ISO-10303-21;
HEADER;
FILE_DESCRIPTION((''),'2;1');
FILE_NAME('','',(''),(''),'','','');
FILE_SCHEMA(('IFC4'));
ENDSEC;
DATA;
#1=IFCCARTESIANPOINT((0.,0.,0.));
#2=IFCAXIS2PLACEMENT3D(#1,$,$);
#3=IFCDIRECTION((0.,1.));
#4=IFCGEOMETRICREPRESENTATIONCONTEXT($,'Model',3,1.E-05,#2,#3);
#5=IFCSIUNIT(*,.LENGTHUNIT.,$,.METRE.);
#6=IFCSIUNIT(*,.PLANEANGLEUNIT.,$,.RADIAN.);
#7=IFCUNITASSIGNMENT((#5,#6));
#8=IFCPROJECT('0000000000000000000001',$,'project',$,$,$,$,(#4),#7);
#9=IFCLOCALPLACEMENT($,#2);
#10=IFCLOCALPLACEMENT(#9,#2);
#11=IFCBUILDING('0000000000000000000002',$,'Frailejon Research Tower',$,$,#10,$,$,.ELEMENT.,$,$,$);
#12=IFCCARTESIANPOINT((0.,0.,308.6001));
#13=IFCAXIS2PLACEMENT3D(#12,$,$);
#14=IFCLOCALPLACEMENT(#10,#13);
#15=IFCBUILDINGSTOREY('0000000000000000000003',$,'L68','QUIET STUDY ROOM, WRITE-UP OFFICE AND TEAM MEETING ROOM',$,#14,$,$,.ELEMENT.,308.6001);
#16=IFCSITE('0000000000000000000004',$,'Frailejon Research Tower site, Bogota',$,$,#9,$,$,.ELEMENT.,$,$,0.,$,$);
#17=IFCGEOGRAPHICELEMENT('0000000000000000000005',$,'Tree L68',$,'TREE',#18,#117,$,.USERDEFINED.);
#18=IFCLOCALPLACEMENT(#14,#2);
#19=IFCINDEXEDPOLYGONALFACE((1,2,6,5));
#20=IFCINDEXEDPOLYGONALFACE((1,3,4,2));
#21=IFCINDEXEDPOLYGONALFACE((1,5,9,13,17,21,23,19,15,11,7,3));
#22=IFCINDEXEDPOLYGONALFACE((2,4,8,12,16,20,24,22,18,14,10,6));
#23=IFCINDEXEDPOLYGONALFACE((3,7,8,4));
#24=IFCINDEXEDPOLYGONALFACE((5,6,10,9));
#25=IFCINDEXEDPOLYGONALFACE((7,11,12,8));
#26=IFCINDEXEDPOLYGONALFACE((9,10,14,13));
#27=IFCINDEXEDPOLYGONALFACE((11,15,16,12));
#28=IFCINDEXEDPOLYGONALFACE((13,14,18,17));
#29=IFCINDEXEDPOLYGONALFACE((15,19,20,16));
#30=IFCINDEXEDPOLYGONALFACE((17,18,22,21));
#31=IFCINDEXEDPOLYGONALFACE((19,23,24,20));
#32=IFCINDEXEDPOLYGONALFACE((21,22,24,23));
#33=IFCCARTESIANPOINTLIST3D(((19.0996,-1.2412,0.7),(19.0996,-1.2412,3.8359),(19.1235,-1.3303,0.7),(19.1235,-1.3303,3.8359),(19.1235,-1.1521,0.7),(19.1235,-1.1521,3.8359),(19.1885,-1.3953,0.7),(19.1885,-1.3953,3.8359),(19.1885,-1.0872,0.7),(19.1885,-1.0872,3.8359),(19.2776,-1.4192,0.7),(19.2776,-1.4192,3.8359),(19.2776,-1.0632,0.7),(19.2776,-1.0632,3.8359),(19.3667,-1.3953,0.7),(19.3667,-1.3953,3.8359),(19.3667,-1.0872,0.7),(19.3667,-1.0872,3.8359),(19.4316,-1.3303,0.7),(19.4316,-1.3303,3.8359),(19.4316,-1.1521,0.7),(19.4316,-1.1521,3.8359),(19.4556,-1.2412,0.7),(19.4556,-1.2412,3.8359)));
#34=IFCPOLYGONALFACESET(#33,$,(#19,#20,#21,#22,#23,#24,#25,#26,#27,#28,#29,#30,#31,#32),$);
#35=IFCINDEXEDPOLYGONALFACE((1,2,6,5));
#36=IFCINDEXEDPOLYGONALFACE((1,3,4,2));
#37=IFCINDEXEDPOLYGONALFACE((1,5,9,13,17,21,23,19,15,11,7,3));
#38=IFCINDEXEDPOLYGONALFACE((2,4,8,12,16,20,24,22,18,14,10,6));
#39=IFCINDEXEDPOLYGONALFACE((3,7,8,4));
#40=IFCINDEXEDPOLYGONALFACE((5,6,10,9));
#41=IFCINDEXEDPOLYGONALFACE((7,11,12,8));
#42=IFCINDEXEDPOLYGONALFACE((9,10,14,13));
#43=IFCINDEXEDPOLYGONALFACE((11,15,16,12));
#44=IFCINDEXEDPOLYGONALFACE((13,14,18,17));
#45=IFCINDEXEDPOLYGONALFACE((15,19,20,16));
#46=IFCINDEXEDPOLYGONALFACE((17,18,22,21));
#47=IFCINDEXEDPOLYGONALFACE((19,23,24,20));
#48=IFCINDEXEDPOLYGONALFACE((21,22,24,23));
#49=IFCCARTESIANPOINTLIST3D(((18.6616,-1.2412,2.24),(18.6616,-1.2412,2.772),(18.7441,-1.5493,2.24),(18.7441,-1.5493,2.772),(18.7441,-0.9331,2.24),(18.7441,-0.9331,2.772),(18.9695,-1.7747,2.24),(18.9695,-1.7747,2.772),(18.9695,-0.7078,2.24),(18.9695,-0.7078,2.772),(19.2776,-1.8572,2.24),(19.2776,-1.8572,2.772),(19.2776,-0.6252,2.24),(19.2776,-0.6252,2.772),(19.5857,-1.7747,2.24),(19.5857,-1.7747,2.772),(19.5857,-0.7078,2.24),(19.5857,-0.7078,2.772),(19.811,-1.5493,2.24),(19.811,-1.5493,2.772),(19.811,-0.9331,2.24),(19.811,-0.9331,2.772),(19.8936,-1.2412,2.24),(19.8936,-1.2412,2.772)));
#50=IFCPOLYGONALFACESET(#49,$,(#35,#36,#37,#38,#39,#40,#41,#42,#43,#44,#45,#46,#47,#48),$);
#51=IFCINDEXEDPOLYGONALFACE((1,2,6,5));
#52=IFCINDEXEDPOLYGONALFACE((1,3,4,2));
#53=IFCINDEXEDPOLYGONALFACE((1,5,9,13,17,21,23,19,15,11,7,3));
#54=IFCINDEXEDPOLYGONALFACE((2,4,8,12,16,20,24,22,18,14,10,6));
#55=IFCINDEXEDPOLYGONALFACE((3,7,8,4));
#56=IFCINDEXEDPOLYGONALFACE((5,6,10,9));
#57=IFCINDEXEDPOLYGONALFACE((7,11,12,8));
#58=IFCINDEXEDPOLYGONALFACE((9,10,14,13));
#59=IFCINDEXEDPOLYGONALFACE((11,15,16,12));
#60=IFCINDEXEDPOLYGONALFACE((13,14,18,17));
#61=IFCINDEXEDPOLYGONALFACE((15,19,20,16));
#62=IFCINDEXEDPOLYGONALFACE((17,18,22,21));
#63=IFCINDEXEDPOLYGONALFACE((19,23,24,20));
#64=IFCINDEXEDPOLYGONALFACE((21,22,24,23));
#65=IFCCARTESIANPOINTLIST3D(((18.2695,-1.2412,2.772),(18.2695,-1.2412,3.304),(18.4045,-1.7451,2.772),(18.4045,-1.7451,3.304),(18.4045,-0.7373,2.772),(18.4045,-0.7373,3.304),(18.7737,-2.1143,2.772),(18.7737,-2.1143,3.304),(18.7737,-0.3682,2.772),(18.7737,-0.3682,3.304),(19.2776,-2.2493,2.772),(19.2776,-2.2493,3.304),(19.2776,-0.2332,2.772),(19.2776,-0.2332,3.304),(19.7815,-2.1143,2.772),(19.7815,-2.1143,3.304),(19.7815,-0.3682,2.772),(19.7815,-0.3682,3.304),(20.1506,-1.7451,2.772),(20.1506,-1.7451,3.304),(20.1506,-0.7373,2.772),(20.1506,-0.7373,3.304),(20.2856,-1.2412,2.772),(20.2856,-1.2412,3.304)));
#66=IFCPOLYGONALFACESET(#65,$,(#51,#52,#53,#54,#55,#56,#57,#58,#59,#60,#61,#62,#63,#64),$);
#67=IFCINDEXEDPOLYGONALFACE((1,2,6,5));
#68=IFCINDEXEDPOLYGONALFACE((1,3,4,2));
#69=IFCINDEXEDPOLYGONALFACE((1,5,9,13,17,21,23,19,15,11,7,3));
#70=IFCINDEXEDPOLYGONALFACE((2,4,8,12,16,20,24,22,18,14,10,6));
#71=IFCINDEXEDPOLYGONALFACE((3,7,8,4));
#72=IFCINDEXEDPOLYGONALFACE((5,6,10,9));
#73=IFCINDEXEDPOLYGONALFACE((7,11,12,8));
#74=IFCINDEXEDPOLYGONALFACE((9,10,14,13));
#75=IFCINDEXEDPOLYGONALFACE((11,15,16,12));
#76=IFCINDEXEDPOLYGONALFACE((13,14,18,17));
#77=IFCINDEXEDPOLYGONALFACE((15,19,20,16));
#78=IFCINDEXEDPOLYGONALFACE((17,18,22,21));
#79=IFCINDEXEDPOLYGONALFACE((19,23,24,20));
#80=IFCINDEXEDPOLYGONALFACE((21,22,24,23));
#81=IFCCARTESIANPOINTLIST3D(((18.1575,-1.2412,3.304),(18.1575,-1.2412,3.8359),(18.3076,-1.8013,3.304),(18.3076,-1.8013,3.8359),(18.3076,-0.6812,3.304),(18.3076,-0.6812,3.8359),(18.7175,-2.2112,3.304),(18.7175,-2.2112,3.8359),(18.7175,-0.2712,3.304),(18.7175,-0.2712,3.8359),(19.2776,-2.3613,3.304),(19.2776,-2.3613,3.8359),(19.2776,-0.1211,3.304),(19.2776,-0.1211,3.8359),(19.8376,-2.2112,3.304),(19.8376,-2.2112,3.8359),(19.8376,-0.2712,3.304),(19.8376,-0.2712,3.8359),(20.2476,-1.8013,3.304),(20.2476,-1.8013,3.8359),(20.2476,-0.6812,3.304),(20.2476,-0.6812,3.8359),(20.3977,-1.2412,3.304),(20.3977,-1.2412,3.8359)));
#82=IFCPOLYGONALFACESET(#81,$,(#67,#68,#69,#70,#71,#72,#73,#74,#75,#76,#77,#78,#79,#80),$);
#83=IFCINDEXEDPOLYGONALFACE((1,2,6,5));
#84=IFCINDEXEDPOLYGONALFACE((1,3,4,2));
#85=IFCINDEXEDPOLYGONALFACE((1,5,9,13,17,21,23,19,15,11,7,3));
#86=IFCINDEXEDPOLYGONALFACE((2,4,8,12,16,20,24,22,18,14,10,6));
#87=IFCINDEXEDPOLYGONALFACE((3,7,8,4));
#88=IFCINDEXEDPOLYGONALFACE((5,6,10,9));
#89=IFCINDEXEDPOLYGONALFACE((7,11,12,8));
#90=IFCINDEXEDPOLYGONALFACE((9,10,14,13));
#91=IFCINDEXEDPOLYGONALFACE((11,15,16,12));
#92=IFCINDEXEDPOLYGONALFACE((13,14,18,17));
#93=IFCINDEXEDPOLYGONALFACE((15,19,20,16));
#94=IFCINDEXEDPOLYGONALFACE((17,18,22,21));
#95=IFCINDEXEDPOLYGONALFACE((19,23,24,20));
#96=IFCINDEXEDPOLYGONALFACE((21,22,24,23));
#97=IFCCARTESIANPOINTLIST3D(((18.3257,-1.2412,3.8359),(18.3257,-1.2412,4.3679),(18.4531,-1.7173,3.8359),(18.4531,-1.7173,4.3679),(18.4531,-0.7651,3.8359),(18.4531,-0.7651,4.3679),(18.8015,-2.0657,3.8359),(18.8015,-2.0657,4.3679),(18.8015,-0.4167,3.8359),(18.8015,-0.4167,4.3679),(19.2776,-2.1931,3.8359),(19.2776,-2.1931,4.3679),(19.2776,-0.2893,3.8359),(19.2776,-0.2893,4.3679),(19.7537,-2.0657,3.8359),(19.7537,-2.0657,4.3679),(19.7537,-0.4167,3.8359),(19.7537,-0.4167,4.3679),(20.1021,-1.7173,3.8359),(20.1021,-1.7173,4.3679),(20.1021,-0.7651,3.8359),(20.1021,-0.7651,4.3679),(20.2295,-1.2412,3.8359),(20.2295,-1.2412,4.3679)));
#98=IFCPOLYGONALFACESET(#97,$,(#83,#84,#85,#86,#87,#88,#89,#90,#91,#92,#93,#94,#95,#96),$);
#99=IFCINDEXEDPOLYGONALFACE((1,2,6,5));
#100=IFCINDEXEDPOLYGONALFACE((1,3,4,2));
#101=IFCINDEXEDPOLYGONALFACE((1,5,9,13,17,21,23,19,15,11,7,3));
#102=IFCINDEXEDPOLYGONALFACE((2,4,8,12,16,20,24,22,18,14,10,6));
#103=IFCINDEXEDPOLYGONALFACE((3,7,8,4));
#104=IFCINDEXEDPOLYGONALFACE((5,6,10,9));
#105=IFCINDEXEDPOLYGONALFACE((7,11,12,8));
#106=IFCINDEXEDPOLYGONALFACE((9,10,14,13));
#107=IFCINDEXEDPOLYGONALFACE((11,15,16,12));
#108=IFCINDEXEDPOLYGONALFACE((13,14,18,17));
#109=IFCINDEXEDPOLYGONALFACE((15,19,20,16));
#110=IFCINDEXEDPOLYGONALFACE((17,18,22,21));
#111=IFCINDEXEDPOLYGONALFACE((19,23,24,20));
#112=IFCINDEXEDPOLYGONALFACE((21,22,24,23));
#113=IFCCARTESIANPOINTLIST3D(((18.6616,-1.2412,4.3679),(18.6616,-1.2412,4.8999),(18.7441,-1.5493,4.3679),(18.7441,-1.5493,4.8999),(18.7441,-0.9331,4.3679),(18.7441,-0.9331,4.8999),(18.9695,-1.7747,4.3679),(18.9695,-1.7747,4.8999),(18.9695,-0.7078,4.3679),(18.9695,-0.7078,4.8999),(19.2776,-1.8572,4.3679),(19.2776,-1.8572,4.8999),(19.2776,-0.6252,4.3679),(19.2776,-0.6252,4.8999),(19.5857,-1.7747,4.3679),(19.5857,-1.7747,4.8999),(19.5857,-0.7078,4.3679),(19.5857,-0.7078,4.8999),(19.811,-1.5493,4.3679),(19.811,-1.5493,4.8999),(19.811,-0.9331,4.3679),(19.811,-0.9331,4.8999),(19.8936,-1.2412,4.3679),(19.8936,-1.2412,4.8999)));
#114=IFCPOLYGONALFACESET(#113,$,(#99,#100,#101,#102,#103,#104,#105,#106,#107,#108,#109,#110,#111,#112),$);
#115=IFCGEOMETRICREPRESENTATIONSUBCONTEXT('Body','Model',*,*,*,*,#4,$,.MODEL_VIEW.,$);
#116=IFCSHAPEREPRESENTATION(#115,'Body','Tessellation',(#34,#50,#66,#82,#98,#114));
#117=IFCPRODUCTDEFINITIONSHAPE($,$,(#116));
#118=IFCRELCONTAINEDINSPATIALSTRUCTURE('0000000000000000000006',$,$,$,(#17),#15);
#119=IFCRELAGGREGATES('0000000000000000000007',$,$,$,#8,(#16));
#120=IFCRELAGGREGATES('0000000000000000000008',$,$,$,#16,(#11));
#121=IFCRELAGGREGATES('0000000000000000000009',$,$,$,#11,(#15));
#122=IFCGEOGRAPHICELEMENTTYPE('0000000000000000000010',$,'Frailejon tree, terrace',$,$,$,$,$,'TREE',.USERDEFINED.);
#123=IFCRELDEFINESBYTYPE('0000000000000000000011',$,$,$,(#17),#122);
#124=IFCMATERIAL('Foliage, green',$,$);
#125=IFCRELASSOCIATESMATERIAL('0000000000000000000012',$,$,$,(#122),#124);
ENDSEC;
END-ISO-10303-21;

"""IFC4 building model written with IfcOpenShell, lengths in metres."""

from ifc_helpers import new_model, si_unit, direction, frame, origin, place, context, subcontext, project, spatial, polyline, outline, extrude, material, type_object, element, save


model = new_model("IFC4")

# Units and contexts
model_context = context("Model", 3, precision=1e-05, world=origin(), true_north=direction((0.0, 1.0)))
body_context = subcontext(model_context, "Body", "Model", "MODEL_VIEW")
ifc_project = project(units=[si_unit("LENGTHUNIT", "METRE"), si_unit("PLANEANGLEUNIT", "RADIAN")], contexts=[model_context])

# Site, building, storey
site_placement = place(None, origin())
site = spatial("IfcSite", under=ifc_project, at=site_placement, Name="Frailejon Research Tower site, Bogota", CompositionType="ELEMENT", RefElevation=0.0)
building_placement = place(site_placement, origin())
building = spatial("IfcBuilding", under=site, at=building_placement, Name="Frailejon Research Tower", CompositionType="ELEMENT")
storey_placement = place(building_placement, frame((0.0, 0.0, 308.6001)))
storey = spatial("IfcBuildingStorey", under=building, at=storey_placement, Name="L68", Description="QUIET STUDY ROOM, WRITE-UP OFFICE AND TEAM MEETING ROOM", CompositionType="ELEMENT", Elevation=308.6001)

# Geographic element
ifc_material_1 = material(Name="Foliage, green")
geographic_element_type = type_object("IfcGeographicElementType", Name="Frailejon tree, terrace", ElementType="TREE", PredefinedType="USERDEFINED", material=ifc_material_1)
geographic_element_placement = place(storey_placement, frame((19.2776, -1.2412, 0.7)))
element("IfcGeographicElement", 1, at=geographic_element_placement, inside=storey, type_object=geographic_element_type, Name="Tree L68", ObjectType="TREE", PredefinedType="USERDEFINED", context=body_context, shape_type="SweptSolid", body=[
    extrude(outline(polyline([(0.178, 0.0), (0.1541, 0.0891), (0.0891, 0.1541), (0.0, 0.178), (-0.0891, 0.1541), (-0.1541, 0.0891), (-0.178, 0.0), (-0.1541, -0.0891), (-0.0891, -0.1541), (0.0, -0.178), (0.0891, -0.1541), (0.1541, -0.0891), (0.178, 0.0)])), origin(), (0.0, 0.0, 1.0), 3.136),
    extrude(outline(polyline([(0.616, 0.0), (0.5334, 0.3081), (0.3081, 0.5334), (0.0, 0.616), (-0.3081, 0.5334), (-0.5334, 0.3081), (-0.616, 0.0), (-0.5334, -0.3081), (-0.3081, -0.5334), (0.0, -0.616), (0.3081, -0.5334), (0.5334, -0.3081), (0.616, 0.0)])), frame((0.0, 0.0, 1.54)), (0.0, 0.0, 1.0), 0.532),
    extrude(outline(polyline([(1.0081, 0.0), (0.873, 0.5039), (0.5039, 0.873), (0.0, 1.0081), (-0.5039, 0.873), (-0.873, 0.5039), (-1.0081, 0.0), (-0.873, -0.5039), (-0.5039, -0.873), (0.0, -1.0081), (0.5039, -0.873), (0.873, -0.5039), (1.0081, 0.0)])), frame((0.0, 0.0, 2.072)), (0.0, 0.0, 1.0), 0.532),
    extrude(outline(polyline([(1.1201, 0.0), (0.97, 0.5601), (0.5601, 0.97), (0.0, 1.1201), (-0.5601, 0.97), (-0.97, 0.5601), (-1.1201, 0.0), (-0.97, -0.5601), (-0.5601, -0.97), (0.0, -1.1201), (0.5601, -0.97), (0.97, -0.5601), (1.1201, 0.0)])), frame((0.0, 0.0, 2.604)), (0.0, 0.0, 1.0), 0.532),
    extrude(outline(polyline([(0.9519, 0.0), (0.8245, 0.4761), (0.4761, 0.8245), (0.0, 0.9519), (-0.4761, 0.8245), (-0.8245, 0.4761), (-0.9519, 0.0), (-0.8245, -0.4761), (-0.4761, -0.8245), (0.0, -0.9519), (0.4761, -0.8245), (0.8245, -0.4761), (0.9519, 0.0)])), frame((0.0, 0.0, 3.136)), (0.0, 0.0, 1.0), 0.532),
    extrude(outline(polyline([(0.616, 0.0), (0.5334, 0.3081), (0.3081, 0.5334), (0.0, 0.616), (-0.3081, 0.5334), (-0.5334, 0.3081), (-0.616, 0.0), (-0.5334, -0.3081), (-0.3081, -0.5334), (0.0, -0.616), (0.3081, -0.5334), (0.5334, -0.3081), (0.616, 0.0)])), frame((0.0, 0.0, 3.668)), (0.0, 0.0, 1.0), 0.532),
])

save(model, "model.ifc")
